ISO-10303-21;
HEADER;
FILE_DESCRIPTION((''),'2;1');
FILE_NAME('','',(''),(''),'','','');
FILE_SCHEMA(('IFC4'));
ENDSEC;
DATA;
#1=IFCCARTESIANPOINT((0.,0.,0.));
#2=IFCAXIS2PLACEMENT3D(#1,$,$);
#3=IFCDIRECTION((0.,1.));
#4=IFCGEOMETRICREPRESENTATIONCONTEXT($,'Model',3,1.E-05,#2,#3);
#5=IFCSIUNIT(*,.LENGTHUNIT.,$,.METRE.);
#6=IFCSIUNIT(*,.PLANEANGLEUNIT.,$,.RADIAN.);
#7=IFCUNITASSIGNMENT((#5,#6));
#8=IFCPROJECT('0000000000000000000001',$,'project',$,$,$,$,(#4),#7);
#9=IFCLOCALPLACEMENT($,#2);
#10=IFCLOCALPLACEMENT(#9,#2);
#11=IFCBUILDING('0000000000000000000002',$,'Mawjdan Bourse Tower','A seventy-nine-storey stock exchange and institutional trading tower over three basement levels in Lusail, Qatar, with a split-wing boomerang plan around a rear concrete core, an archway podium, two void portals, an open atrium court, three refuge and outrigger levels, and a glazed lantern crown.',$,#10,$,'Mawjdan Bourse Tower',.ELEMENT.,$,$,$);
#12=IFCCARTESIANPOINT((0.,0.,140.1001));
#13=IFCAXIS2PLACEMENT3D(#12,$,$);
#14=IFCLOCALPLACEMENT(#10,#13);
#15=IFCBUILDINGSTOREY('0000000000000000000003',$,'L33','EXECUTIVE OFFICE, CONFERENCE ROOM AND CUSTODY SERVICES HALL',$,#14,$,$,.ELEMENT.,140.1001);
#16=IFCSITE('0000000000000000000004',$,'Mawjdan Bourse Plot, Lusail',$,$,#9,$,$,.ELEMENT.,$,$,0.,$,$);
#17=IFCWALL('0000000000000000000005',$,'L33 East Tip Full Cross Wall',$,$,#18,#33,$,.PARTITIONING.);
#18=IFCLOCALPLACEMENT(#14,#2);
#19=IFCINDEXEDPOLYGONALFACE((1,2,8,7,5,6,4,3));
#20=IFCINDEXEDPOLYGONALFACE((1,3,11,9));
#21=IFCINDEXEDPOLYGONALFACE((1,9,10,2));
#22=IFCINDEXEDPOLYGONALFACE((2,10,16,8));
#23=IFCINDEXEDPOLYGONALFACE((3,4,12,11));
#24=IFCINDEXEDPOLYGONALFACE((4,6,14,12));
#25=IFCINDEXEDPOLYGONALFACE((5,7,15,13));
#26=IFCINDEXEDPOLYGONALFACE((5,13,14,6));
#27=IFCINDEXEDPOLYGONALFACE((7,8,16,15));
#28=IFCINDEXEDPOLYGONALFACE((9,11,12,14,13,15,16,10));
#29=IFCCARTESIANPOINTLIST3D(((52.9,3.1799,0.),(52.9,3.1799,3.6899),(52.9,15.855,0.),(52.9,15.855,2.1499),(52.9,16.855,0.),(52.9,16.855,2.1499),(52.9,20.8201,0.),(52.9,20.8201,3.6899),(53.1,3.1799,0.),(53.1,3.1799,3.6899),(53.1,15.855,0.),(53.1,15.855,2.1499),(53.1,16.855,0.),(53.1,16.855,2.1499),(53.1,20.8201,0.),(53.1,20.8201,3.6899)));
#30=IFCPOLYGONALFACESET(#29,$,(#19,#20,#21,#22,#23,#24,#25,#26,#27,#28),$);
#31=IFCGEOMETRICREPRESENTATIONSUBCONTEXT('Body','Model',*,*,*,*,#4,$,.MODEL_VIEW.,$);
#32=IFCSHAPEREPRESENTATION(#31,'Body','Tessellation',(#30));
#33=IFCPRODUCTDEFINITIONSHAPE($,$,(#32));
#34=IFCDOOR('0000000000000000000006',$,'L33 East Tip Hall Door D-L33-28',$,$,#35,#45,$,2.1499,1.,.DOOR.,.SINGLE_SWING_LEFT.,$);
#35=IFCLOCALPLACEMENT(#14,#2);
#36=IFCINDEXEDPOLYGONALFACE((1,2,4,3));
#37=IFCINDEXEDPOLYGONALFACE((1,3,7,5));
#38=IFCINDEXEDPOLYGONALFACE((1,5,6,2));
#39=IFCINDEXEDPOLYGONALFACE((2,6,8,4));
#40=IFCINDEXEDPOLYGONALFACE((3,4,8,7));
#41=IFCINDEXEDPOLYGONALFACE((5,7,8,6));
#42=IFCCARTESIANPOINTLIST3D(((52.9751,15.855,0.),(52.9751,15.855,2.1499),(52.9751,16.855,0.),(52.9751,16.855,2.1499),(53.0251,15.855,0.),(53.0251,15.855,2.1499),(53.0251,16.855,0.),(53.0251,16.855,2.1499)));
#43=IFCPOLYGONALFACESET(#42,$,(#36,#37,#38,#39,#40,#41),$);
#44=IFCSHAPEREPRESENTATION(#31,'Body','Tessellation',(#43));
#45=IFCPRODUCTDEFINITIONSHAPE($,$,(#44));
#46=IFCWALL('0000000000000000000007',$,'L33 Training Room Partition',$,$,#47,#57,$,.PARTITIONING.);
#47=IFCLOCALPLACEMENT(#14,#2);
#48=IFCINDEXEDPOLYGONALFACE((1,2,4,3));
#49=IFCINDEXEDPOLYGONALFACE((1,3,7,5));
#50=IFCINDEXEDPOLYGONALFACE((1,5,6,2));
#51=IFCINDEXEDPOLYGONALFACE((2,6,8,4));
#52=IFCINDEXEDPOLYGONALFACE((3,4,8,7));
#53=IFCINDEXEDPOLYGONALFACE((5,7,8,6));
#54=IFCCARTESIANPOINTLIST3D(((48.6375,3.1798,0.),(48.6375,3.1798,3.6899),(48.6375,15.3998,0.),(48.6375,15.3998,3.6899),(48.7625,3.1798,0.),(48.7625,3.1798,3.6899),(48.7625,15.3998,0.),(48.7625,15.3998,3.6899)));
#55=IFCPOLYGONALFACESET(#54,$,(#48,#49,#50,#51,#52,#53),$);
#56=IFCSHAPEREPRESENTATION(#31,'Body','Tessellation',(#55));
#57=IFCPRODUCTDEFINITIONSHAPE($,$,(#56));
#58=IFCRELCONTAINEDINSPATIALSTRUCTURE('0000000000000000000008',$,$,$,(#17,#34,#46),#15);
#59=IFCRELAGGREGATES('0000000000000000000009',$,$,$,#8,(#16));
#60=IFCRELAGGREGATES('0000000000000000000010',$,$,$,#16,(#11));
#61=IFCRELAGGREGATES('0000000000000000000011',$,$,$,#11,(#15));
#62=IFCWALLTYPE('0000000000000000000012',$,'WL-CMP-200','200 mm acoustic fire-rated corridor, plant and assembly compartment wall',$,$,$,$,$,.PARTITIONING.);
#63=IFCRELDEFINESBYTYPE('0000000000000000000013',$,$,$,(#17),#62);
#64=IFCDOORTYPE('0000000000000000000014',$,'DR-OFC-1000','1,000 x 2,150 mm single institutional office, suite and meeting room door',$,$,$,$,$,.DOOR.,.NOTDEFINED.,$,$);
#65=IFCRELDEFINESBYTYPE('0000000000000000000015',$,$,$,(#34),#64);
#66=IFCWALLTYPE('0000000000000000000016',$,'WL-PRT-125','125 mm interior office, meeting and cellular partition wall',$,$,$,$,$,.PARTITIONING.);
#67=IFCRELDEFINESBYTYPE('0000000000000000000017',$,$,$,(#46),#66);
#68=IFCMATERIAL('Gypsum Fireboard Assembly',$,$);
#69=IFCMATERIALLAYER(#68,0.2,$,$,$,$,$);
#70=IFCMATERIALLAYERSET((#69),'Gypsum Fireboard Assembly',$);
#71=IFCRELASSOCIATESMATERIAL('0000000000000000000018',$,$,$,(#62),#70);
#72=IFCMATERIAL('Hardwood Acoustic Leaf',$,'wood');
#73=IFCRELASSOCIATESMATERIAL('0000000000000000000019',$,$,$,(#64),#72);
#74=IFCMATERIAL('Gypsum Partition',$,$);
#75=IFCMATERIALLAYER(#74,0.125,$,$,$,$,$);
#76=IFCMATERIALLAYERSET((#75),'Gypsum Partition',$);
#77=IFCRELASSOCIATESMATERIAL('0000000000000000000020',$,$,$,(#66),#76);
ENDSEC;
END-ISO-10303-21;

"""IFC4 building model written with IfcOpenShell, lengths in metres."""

from ifc_helpers import new_model, si_unit, direction, frame, frame_2d, origin, place, context, subcontext, project, spatial, rectangle, extrude, material, layer, layer_set, type_object, element, fill, save


model = new_model("IFC4")

# Units and contexts
model_context = context("Model", 3, precision=1e-05, world=origin(), true_north=direction((0.0, 1.0)))
body_context = subcontext(model_context, "Body", "Model", "MODEL_VIEW")
ifc_project = project(units=[si_unit("LENGTHUNIT", "METRE"), si_unit("PLANEANGLEUNIT", "RADIAN")], contexts=[model_context])

# Site, building, storey
site_placement = place(None, origin())
site = spatial("IfcSite", under=ifc_project, at=site_placement, Name="Mawjdan Bourse Plot, Lusail", CompositionType="ELEMENT", RefElevation=0.0)
building_placement = place(site_placement, origin())
building = spatial("IfcBuilding", under=site, at=building_placement, Name="Mawjdan Bourse Tower", Description="A seventy-nine-storey stock exchange and institutional trading tower over three basement levels in Lusail, Qatar, with a split-wing boomerang plan around a rear concrete core, an archway podium, two void portals, an open atrium court, three refuge and outrigger levels, and a glazed lantern crown.", LongName="Mawjdan Bourse Tower", CompositionType="ELEMENT")
storey_placement = place(building_placement, frame((0.0, 0.0, 140.1001)))
storey = spatial("IfcBuildingStorey", under=building, at=storey_placement, Name="L33", Description="EXECUTIVE OFFICE, CONFERENCE ROOM AND CUSTODY SERVICES HALL", CompositionType="ELEMENT", Elevation=140.1001)

# Wall, opening, door
ifc_material_1 = material(Name="Gypsum Fireboard Assembly")
ifc_layer_1 = layer(ifc_material_1, 0.2)
ifc_layer_set_1 = layer_set([ifc_layer_1], Name="Gypsum Fireboard Assembly")
wall_type_1 = type_object("IfcWallType", Name="WL-CMP-200", Description="200 mm acoustic fire-rated corridor, plant and assembly compartment wall", PredefinedType="PARTITIONING", material=ifc_layer_set_1)
wall_1_placement = place(storey_placement, frame((53.0, 3.1799, 0.0), z_axis=(0.0, 0.0, 1.0), x_axis=(0.0, 1.0, 0.0)))
wall_1 = element("IfcWall", 1, at=wall_1_placement, inside=storey, type_object=wall_type_1, Name="L33 East Tip Full Cross Wall", PredefinedType="PARTITIONING", context=body_context, shape_type="SweptSolid", body=[
    extrude(rectangle(XDim=17.6401, YDim=0.2, at=frame_2d((8.8201, 0.0))), origin(), (0.0, 0.0, 1.0), 3.6899),
])
opening_1_placement = place(wall_1_placement, frame((12.675, 0.0, 0.0)))
opening_1 = element("IfcOpeningElement", 2, at=opening_1_placement, cuts=wall_1, PredefinedType="OPENING", context=body_context, shape_type="SweptSolid", body=[
    extrude(rectangle(XDim=1.0, YDim=2.1499, at=frame_2d((0.5, 1.075))), frame((0.0, 0.1099, 0.0), z_axis=(0.0, -1.0, 0.0), x_axis=(1.0, 0.0, 0.0)), (0.0, 0.0, 1.0), 0.22),
])
ifc_material_2 = material(Name="Hardwood Acoustic Leaf", Category="wood")
door_type = type_object("IfcDoorType", Name="DR-OFC-1000", Description="1,000 x 2,150 mm single institutional office, suite and meeting room door", OperationType="NOTDEFINED", PredefinedType="DOOR", material=ifc_material_2)
door_placement = place(opening_1_placement, origin())
door = element("IfcDoor", 3, at=door_placement, inside=storey, type_object=door_type, Name="L33 East Tip Hall Door D-L33-28", OperationType="SINGLE_SWING_LEFT", OverallHeight=2.1499, OverallWidth=1.0, PredefinedType="DOOR", context=body_context, shape_type="SweptSolid", body=[
    extrude(rectangle(XDim=1.0, YDim=2.1499, at=frame_2d((0.5, 1.075))), frame((0.0, 0.0249, 0.0), z_axis=(0.0, -1.0, 0.0), x_axis=(1.0, 0.0, 0.0)), (0.0, 0.0, 1.0), 0.05),
])
fill(opening_1, door)

# Wall
ifc_material_3 = material(Name="Gypsum Partition")
ifc_layer_2 = layer(ifc_material_3, 0.125)
ifc_layer_set_2 = layer_set([ifc_layer_2], Name="Gypsum Partition")
wall_type_2 = type_object("IfcWallType", Name="WL-PRT-125", Description="125 mm interior office, meeting and cellular partition wall", PredefinedType="PARTITIONING", material=ifc_layer_set_2)
wall_2_placement = place(storey_placement, frame((48.7, 3.1799, 0.0), z_axis=(0.0, 0.0, 1.0), x_axis=(0.0, 1.0, 0.0)))
element("IfcWall", 4, at=wall_2_placement, inside=storey, type_object=wall_type_2, Name="L33 Training Room Partition", PredefinedType="PARTITIONING", context=body_context, shape_type="SweptSolid", body=[
    extrude(rectangle(XDim=12.22, YDim=0.125, at=frame_2d((6.1099, 0.0))), origin(), (0.0, 0.0, 1.0), 3.6899),
])

save(model, "model.ifc")
